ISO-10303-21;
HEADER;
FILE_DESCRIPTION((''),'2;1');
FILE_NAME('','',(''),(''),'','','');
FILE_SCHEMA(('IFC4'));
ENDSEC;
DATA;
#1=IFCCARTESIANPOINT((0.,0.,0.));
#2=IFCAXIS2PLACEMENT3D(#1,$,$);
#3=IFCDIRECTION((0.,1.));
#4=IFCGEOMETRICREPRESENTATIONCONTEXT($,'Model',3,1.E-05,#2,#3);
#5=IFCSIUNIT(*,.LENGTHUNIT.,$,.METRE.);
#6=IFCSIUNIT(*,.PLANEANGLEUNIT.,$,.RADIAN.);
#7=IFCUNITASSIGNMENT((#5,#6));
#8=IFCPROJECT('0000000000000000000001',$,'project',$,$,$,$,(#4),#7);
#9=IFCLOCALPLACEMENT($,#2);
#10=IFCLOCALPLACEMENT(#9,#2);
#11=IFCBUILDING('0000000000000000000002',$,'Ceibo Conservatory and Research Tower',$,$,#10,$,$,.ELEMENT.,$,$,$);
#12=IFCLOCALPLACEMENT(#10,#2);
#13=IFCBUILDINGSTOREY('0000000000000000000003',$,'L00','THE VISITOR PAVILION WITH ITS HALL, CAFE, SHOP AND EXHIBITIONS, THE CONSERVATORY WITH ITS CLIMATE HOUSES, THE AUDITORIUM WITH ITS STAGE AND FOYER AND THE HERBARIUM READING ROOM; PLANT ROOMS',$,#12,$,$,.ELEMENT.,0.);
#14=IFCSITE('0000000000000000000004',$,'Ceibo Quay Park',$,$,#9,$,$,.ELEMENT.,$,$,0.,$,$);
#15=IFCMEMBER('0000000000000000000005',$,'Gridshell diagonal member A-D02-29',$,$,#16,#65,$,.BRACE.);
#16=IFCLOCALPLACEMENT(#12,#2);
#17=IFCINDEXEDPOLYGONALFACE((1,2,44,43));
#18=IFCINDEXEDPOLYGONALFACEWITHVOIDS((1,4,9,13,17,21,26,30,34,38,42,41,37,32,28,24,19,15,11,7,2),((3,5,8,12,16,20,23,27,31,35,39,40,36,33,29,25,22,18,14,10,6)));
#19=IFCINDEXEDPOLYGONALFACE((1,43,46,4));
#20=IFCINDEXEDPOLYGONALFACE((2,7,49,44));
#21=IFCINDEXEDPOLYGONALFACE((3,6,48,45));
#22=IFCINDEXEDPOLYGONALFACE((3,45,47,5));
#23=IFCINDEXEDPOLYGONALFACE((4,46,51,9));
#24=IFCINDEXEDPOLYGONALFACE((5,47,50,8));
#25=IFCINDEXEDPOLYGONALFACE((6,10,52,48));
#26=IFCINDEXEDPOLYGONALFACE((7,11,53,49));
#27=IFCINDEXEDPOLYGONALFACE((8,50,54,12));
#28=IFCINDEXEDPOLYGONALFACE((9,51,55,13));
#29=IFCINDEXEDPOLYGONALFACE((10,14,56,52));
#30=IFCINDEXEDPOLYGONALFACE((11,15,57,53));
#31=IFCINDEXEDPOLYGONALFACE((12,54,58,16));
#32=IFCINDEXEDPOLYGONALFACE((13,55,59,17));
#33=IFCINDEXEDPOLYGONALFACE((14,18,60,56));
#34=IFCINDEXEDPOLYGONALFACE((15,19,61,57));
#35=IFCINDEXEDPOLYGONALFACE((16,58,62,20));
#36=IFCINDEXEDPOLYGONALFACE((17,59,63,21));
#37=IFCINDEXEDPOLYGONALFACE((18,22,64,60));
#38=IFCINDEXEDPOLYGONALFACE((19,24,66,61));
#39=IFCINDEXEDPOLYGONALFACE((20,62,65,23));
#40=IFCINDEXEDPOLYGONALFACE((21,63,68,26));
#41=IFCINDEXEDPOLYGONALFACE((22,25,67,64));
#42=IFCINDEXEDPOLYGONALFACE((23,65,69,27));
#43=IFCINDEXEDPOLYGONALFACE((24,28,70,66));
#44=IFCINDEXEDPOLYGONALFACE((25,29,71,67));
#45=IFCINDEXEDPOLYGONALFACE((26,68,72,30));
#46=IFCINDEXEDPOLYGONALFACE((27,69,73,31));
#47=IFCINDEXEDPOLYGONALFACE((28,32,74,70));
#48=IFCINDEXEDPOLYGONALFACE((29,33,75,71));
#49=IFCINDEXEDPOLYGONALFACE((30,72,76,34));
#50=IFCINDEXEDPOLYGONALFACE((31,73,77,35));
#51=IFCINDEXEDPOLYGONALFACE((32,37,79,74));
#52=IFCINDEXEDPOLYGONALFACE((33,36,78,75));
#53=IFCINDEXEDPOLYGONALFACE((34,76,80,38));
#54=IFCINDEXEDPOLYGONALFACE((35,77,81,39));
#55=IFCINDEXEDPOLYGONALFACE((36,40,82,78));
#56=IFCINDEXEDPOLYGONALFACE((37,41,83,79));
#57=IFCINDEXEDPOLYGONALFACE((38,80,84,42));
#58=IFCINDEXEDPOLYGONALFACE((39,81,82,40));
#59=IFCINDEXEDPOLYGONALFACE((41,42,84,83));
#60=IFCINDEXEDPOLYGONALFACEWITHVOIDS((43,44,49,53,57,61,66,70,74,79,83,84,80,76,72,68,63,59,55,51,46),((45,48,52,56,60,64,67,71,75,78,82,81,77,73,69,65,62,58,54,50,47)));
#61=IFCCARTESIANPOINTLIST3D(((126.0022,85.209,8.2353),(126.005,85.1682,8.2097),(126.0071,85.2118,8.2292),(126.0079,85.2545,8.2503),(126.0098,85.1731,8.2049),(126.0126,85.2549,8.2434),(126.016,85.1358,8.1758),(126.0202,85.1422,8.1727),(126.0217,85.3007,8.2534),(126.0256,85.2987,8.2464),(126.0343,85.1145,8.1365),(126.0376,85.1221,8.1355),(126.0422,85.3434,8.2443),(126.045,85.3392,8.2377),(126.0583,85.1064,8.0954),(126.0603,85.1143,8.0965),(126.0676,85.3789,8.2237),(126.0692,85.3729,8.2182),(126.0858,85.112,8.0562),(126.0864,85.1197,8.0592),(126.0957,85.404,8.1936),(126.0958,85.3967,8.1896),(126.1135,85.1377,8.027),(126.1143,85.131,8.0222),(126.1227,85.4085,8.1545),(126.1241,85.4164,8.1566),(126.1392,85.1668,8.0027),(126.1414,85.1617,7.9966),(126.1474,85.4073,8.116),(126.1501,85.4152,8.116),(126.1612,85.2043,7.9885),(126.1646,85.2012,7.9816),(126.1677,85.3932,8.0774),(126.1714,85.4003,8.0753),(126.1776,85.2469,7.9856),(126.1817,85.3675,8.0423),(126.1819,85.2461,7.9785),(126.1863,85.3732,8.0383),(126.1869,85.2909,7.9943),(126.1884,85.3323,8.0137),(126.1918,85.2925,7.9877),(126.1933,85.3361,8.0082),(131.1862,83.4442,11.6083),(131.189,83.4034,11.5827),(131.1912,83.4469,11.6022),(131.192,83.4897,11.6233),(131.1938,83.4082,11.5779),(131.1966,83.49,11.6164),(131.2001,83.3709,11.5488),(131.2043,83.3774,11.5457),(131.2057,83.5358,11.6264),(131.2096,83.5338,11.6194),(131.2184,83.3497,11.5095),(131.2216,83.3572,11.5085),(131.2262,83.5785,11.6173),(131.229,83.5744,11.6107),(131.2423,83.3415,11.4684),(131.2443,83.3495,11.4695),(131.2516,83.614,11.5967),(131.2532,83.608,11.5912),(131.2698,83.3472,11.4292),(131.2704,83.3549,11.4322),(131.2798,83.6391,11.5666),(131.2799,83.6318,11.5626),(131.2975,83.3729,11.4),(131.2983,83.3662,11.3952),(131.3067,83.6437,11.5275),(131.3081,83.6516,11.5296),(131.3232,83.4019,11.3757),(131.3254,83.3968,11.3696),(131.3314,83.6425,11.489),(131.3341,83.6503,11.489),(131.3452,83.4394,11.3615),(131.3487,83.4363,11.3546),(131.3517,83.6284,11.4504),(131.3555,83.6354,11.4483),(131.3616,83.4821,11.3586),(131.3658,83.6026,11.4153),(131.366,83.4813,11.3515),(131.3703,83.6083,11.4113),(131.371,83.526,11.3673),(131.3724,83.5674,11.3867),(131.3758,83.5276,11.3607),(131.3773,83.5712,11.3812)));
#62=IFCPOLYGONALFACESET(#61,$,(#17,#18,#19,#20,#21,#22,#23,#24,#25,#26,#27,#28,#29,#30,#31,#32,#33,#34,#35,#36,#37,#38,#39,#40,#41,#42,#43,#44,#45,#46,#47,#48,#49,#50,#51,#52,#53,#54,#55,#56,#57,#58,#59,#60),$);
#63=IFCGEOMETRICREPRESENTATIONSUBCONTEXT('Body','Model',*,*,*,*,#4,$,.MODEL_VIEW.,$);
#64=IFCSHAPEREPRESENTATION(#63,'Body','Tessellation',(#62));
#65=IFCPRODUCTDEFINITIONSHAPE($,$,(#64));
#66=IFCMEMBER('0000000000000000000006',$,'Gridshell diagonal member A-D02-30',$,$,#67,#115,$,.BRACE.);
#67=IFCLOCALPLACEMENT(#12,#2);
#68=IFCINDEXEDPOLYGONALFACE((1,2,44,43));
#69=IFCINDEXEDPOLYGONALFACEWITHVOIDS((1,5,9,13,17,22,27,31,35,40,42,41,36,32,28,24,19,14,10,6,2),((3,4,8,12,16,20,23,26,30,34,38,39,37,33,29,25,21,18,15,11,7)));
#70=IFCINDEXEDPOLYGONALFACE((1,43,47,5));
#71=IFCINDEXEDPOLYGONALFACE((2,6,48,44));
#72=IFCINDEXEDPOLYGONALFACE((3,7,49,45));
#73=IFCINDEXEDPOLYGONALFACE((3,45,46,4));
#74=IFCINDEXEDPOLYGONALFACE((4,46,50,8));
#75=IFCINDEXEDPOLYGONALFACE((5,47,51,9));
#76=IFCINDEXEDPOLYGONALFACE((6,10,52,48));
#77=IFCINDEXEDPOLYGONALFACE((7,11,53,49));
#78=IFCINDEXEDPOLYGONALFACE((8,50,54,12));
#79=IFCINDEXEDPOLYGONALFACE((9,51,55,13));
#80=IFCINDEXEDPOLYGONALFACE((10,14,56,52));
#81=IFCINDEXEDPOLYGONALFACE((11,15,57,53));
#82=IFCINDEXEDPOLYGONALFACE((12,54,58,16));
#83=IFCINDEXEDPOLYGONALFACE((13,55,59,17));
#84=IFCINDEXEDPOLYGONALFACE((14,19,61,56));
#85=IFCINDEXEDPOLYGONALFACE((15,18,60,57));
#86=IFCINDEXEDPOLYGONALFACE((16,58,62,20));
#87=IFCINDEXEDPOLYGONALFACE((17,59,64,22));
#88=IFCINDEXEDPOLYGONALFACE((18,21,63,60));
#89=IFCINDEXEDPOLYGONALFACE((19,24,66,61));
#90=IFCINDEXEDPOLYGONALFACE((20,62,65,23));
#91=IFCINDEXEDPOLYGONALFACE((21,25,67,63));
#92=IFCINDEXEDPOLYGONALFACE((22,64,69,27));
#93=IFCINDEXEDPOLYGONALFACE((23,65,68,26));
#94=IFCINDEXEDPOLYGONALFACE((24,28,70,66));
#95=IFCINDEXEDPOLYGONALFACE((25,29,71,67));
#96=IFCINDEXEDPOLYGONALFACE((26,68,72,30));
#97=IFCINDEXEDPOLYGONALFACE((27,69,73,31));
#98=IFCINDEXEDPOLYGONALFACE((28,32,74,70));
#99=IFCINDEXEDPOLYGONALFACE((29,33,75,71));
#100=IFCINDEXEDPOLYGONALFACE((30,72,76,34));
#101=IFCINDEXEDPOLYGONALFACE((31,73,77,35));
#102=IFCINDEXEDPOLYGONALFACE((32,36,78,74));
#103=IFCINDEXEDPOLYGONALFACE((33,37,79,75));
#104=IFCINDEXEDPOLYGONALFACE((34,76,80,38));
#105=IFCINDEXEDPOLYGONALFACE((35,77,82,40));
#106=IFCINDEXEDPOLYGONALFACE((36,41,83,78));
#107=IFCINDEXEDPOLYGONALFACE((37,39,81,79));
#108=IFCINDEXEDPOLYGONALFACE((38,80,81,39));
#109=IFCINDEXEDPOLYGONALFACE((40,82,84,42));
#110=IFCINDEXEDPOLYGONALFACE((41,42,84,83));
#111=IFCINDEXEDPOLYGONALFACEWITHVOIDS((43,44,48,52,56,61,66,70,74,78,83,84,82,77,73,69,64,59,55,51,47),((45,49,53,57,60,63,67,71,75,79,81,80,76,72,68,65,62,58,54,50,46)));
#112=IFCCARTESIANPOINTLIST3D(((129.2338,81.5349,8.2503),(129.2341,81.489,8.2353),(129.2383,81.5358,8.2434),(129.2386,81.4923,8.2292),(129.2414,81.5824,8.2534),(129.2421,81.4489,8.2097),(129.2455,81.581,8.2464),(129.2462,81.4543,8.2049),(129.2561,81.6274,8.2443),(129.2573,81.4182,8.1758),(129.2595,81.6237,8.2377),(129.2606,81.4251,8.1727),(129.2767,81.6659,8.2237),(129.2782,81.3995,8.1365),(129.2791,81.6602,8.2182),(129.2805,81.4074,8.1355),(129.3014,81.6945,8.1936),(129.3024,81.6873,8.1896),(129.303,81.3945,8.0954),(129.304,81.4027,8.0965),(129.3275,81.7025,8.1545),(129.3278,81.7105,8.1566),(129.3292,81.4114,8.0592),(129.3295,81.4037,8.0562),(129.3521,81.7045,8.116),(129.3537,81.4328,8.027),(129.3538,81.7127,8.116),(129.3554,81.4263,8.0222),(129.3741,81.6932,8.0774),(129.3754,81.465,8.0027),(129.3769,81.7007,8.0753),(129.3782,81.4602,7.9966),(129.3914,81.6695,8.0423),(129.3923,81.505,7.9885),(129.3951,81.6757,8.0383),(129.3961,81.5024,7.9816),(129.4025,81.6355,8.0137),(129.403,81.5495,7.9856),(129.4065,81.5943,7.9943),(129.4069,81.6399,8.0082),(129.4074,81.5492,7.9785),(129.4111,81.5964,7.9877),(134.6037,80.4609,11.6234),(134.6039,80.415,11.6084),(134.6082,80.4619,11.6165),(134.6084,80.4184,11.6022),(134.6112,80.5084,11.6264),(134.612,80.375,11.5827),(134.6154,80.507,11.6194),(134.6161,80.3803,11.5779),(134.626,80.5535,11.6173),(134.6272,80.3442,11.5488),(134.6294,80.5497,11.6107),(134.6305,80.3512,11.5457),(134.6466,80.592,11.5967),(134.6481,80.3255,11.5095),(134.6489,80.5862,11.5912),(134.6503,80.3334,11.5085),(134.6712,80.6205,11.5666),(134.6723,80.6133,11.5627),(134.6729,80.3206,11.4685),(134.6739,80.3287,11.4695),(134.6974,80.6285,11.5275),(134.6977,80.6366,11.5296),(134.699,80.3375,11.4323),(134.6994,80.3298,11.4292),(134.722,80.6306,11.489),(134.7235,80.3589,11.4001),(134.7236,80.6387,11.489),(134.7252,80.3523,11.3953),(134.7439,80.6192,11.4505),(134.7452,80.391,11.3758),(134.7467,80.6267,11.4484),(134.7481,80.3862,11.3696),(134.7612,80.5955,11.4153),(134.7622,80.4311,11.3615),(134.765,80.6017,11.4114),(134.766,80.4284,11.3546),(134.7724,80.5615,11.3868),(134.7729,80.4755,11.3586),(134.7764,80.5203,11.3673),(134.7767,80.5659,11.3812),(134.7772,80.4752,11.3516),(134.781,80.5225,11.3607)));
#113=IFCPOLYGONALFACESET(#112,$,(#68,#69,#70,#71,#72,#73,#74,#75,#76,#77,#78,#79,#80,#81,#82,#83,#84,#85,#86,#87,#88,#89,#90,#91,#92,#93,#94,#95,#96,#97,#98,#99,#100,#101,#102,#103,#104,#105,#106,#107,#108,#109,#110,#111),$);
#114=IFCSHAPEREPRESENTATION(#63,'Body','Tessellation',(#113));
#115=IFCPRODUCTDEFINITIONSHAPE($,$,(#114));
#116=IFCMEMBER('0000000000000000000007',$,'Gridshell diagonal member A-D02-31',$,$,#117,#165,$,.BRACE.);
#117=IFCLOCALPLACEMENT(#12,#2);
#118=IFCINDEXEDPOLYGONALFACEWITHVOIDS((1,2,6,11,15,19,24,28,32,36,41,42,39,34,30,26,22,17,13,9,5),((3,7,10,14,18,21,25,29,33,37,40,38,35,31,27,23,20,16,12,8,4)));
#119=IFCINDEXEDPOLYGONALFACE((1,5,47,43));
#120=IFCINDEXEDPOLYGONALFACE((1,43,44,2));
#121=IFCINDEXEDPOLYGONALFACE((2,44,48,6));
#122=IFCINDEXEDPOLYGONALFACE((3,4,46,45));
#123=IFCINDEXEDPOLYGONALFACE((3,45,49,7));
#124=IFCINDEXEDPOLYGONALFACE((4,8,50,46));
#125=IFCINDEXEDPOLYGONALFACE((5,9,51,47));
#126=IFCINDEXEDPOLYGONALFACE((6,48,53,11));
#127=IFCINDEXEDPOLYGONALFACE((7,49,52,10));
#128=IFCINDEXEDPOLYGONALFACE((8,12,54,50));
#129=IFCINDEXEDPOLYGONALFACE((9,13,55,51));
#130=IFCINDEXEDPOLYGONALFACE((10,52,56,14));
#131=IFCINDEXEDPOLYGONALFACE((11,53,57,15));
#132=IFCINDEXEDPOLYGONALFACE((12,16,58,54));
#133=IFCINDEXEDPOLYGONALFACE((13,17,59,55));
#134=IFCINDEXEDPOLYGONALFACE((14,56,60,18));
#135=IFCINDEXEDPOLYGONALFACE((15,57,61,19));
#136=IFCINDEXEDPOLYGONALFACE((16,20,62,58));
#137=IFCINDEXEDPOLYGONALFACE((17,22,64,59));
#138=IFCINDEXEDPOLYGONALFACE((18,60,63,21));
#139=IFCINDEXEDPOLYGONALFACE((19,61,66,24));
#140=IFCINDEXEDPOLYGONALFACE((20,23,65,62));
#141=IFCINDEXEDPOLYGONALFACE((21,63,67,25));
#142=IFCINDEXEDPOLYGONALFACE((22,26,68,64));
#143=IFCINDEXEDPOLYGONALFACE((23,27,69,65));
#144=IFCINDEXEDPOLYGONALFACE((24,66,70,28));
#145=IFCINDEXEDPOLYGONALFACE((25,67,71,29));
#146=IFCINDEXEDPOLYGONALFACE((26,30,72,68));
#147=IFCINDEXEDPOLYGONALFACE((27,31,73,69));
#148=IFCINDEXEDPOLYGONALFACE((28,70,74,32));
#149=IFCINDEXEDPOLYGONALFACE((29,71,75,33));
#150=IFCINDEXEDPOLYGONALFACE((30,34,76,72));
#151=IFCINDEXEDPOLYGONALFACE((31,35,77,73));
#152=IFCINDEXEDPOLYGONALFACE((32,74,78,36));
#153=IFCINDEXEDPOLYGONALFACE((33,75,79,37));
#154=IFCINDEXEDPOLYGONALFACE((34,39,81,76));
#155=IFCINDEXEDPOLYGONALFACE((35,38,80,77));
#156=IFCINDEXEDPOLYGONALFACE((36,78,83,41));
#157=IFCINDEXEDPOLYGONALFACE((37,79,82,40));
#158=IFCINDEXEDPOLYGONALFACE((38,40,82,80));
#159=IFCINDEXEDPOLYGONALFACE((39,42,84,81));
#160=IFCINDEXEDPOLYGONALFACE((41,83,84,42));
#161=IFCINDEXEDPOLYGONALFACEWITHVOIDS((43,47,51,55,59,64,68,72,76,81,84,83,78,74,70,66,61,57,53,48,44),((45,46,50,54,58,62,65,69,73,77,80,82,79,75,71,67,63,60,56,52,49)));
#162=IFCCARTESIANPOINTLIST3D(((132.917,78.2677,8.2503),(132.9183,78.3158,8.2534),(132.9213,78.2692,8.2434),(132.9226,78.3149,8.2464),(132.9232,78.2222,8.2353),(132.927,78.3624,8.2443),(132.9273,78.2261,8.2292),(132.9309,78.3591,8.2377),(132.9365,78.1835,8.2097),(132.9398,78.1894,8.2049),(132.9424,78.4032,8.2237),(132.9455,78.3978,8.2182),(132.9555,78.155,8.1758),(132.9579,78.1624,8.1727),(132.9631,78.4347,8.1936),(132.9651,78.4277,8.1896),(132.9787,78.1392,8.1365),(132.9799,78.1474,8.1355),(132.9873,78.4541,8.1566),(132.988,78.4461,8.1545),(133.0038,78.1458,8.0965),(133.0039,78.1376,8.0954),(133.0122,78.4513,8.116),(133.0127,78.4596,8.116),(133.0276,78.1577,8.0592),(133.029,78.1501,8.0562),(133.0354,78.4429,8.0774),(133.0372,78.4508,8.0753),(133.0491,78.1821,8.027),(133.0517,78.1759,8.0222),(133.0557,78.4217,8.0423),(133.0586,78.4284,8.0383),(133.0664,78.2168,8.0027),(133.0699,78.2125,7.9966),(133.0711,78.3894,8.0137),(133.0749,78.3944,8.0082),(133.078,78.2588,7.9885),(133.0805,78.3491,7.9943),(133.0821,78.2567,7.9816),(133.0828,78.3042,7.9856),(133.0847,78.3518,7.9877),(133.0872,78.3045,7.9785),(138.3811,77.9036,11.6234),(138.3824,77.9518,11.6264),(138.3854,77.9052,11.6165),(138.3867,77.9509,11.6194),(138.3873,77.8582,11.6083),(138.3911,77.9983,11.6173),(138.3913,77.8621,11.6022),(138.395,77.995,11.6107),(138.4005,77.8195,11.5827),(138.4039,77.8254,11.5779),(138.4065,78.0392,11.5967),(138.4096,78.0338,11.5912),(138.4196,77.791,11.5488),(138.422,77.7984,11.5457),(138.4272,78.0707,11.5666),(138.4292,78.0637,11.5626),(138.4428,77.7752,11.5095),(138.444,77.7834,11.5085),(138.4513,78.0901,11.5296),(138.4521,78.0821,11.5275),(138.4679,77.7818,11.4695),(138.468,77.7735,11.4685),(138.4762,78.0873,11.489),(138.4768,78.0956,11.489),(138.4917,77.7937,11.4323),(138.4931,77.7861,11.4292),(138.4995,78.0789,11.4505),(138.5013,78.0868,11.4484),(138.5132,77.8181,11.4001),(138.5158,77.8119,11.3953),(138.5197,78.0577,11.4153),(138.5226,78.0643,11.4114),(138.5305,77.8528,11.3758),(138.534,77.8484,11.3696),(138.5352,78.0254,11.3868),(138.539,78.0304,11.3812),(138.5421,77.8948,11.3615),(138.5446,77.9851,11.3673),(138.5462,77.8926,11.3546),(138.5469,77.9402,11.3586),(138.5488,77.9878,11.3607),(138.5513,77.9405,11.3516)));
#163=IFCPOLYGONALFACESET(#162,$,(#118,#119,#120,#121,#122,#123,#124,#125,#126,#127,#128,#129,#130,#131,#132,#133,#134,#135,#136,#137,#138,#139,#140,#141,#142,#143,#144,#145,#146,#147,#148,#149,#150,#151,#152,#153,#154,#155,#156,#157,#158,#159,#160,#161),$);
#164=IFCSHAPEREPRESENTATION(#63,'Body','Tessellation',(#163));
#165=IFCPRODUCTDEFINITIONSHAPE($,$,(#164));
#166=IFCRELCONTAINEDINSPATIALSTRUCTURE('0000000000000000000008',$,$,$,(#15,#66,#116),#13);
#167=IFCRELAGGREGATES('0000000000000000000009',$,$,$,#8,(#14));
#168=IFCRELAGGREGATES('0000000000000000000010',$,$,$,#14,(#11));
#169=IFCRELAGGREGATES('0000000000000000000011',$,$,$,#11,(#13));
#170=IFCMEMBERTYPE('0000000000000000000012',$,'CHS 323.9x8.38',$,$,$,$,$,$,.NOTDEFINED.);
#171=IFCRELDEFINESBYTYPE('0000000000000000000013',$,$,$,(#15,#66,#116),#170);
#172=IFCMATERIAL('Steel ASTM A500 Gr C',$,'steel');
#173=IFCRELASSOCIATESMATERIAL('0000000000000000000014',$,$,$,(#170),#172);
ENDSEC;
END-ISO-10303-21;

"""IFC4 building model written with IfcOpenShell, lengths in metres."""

from ifc_helpers import new_model, si_unit, direction, frame, origin, origin_2d, place, context, subcontext, project, spatial, hollow_circle, extrude, material, material_profile, profile_set, type_object, element, save


model = new_model("IFC4")

# Units and contexts
model_context = context("Model", 3, precision=1e-05, world=origin(), true_north=direction((0.0, 1.0)))
body_context = subcontext(model_context, "Body", "Model", "MODEL_VIEW")
ifc_project = project(units=[si_unit("LENGTHUNIT", "METRE"), si_unit("PLANEANGLEUNIT", "RADIAN")], contexts=[model_context])

# Site, building, storey
site_placement = place(None, origin())
site = spatial("IfcSite", under=ifc_project, at=site_placement, Name="Ceibo Quay Park", CompositionType="ELEMENT", RefElevation=0.0)
building_placement = place(site_placement, origin())
building = spatial("IfcBuilding", under=site, at=building_placement, Name="Ceibo Conservatory and Research Tower", CompositionType="ELEMENT")
storey_placement = place(building_placement, origin())
storey = spatial("IfcBuildingStorey", under=building, at=storey_placement, Name="L00", Description="THE VISITOR PAVILION WITH ITS HALL, CAFE, SHOP AND EXHIBITIONS, THE CONSERVATORY WITH ITS CLIMATE HOUSES, THE AUDITORIUM WITH ITS STAGE AND FOYER AND THE HERBARIUM READING ROOM; PLANT ROOMS", CompositionType="ELEMENT", Elevation=0.0)

# Members
ifc_material_1 = material(Name="Steel ASTM A500 Gr C", Category="steel")
ifc_material_profile_1 = material_profile(ifc_material_1, hollow_circle(Radius=0.1619, WallThickness=0.0083, at=origin_2d()), Name="CHS 323.9x8.38")
ifc_profile_set_1 = profile_set([ifc_material_profile_1], Name="Steel ASTM A500 Gr C")
member_type_1 = type_object("IfcMemberType", Name="CHS 323.9x8.38", PredefinedType="NOTDEFINED", material=ifc_profile_set_1)
for number, where, z_axis, x_axis, name in (
    (1, (126.0979, 85.262, 8.116), (0.806018, -0.274405, 0.524439), (0.32228, 0.946644, 0.0), "Gridshell diagonal member A-D02-29"),
    (2, (129.322, 81.554, 8.116), (0.834911, -0.166982, 0.524443), (0.196116, 0.980581, 0.0), "Gridshell diagonal member A-D02-30"),
    (3, (133.002, 78.2981, 8.116), (0.849563, -0.056597, 0.524443), (0.066472, 0.997788, 0.0), "Gridshell diagonal member A-D02-31"),
):
    element("IfcMember", number, at=place(storey_placement, frame(where, z_axis=z_axis, x_axis=x_axis)), inside=storey, type_object=member_type_1, Name=name, PredefinedType="BRACE", context=body_context, shape_type="SweptSolid", body=[
        extrude(hollow_circle(Radius=0.1619, WallThickness=0.0083, at=origin_2d()), origin(), (0.0, 0.0, 1.0), 6.4316),
    ])

save(model, "model.ifc")
